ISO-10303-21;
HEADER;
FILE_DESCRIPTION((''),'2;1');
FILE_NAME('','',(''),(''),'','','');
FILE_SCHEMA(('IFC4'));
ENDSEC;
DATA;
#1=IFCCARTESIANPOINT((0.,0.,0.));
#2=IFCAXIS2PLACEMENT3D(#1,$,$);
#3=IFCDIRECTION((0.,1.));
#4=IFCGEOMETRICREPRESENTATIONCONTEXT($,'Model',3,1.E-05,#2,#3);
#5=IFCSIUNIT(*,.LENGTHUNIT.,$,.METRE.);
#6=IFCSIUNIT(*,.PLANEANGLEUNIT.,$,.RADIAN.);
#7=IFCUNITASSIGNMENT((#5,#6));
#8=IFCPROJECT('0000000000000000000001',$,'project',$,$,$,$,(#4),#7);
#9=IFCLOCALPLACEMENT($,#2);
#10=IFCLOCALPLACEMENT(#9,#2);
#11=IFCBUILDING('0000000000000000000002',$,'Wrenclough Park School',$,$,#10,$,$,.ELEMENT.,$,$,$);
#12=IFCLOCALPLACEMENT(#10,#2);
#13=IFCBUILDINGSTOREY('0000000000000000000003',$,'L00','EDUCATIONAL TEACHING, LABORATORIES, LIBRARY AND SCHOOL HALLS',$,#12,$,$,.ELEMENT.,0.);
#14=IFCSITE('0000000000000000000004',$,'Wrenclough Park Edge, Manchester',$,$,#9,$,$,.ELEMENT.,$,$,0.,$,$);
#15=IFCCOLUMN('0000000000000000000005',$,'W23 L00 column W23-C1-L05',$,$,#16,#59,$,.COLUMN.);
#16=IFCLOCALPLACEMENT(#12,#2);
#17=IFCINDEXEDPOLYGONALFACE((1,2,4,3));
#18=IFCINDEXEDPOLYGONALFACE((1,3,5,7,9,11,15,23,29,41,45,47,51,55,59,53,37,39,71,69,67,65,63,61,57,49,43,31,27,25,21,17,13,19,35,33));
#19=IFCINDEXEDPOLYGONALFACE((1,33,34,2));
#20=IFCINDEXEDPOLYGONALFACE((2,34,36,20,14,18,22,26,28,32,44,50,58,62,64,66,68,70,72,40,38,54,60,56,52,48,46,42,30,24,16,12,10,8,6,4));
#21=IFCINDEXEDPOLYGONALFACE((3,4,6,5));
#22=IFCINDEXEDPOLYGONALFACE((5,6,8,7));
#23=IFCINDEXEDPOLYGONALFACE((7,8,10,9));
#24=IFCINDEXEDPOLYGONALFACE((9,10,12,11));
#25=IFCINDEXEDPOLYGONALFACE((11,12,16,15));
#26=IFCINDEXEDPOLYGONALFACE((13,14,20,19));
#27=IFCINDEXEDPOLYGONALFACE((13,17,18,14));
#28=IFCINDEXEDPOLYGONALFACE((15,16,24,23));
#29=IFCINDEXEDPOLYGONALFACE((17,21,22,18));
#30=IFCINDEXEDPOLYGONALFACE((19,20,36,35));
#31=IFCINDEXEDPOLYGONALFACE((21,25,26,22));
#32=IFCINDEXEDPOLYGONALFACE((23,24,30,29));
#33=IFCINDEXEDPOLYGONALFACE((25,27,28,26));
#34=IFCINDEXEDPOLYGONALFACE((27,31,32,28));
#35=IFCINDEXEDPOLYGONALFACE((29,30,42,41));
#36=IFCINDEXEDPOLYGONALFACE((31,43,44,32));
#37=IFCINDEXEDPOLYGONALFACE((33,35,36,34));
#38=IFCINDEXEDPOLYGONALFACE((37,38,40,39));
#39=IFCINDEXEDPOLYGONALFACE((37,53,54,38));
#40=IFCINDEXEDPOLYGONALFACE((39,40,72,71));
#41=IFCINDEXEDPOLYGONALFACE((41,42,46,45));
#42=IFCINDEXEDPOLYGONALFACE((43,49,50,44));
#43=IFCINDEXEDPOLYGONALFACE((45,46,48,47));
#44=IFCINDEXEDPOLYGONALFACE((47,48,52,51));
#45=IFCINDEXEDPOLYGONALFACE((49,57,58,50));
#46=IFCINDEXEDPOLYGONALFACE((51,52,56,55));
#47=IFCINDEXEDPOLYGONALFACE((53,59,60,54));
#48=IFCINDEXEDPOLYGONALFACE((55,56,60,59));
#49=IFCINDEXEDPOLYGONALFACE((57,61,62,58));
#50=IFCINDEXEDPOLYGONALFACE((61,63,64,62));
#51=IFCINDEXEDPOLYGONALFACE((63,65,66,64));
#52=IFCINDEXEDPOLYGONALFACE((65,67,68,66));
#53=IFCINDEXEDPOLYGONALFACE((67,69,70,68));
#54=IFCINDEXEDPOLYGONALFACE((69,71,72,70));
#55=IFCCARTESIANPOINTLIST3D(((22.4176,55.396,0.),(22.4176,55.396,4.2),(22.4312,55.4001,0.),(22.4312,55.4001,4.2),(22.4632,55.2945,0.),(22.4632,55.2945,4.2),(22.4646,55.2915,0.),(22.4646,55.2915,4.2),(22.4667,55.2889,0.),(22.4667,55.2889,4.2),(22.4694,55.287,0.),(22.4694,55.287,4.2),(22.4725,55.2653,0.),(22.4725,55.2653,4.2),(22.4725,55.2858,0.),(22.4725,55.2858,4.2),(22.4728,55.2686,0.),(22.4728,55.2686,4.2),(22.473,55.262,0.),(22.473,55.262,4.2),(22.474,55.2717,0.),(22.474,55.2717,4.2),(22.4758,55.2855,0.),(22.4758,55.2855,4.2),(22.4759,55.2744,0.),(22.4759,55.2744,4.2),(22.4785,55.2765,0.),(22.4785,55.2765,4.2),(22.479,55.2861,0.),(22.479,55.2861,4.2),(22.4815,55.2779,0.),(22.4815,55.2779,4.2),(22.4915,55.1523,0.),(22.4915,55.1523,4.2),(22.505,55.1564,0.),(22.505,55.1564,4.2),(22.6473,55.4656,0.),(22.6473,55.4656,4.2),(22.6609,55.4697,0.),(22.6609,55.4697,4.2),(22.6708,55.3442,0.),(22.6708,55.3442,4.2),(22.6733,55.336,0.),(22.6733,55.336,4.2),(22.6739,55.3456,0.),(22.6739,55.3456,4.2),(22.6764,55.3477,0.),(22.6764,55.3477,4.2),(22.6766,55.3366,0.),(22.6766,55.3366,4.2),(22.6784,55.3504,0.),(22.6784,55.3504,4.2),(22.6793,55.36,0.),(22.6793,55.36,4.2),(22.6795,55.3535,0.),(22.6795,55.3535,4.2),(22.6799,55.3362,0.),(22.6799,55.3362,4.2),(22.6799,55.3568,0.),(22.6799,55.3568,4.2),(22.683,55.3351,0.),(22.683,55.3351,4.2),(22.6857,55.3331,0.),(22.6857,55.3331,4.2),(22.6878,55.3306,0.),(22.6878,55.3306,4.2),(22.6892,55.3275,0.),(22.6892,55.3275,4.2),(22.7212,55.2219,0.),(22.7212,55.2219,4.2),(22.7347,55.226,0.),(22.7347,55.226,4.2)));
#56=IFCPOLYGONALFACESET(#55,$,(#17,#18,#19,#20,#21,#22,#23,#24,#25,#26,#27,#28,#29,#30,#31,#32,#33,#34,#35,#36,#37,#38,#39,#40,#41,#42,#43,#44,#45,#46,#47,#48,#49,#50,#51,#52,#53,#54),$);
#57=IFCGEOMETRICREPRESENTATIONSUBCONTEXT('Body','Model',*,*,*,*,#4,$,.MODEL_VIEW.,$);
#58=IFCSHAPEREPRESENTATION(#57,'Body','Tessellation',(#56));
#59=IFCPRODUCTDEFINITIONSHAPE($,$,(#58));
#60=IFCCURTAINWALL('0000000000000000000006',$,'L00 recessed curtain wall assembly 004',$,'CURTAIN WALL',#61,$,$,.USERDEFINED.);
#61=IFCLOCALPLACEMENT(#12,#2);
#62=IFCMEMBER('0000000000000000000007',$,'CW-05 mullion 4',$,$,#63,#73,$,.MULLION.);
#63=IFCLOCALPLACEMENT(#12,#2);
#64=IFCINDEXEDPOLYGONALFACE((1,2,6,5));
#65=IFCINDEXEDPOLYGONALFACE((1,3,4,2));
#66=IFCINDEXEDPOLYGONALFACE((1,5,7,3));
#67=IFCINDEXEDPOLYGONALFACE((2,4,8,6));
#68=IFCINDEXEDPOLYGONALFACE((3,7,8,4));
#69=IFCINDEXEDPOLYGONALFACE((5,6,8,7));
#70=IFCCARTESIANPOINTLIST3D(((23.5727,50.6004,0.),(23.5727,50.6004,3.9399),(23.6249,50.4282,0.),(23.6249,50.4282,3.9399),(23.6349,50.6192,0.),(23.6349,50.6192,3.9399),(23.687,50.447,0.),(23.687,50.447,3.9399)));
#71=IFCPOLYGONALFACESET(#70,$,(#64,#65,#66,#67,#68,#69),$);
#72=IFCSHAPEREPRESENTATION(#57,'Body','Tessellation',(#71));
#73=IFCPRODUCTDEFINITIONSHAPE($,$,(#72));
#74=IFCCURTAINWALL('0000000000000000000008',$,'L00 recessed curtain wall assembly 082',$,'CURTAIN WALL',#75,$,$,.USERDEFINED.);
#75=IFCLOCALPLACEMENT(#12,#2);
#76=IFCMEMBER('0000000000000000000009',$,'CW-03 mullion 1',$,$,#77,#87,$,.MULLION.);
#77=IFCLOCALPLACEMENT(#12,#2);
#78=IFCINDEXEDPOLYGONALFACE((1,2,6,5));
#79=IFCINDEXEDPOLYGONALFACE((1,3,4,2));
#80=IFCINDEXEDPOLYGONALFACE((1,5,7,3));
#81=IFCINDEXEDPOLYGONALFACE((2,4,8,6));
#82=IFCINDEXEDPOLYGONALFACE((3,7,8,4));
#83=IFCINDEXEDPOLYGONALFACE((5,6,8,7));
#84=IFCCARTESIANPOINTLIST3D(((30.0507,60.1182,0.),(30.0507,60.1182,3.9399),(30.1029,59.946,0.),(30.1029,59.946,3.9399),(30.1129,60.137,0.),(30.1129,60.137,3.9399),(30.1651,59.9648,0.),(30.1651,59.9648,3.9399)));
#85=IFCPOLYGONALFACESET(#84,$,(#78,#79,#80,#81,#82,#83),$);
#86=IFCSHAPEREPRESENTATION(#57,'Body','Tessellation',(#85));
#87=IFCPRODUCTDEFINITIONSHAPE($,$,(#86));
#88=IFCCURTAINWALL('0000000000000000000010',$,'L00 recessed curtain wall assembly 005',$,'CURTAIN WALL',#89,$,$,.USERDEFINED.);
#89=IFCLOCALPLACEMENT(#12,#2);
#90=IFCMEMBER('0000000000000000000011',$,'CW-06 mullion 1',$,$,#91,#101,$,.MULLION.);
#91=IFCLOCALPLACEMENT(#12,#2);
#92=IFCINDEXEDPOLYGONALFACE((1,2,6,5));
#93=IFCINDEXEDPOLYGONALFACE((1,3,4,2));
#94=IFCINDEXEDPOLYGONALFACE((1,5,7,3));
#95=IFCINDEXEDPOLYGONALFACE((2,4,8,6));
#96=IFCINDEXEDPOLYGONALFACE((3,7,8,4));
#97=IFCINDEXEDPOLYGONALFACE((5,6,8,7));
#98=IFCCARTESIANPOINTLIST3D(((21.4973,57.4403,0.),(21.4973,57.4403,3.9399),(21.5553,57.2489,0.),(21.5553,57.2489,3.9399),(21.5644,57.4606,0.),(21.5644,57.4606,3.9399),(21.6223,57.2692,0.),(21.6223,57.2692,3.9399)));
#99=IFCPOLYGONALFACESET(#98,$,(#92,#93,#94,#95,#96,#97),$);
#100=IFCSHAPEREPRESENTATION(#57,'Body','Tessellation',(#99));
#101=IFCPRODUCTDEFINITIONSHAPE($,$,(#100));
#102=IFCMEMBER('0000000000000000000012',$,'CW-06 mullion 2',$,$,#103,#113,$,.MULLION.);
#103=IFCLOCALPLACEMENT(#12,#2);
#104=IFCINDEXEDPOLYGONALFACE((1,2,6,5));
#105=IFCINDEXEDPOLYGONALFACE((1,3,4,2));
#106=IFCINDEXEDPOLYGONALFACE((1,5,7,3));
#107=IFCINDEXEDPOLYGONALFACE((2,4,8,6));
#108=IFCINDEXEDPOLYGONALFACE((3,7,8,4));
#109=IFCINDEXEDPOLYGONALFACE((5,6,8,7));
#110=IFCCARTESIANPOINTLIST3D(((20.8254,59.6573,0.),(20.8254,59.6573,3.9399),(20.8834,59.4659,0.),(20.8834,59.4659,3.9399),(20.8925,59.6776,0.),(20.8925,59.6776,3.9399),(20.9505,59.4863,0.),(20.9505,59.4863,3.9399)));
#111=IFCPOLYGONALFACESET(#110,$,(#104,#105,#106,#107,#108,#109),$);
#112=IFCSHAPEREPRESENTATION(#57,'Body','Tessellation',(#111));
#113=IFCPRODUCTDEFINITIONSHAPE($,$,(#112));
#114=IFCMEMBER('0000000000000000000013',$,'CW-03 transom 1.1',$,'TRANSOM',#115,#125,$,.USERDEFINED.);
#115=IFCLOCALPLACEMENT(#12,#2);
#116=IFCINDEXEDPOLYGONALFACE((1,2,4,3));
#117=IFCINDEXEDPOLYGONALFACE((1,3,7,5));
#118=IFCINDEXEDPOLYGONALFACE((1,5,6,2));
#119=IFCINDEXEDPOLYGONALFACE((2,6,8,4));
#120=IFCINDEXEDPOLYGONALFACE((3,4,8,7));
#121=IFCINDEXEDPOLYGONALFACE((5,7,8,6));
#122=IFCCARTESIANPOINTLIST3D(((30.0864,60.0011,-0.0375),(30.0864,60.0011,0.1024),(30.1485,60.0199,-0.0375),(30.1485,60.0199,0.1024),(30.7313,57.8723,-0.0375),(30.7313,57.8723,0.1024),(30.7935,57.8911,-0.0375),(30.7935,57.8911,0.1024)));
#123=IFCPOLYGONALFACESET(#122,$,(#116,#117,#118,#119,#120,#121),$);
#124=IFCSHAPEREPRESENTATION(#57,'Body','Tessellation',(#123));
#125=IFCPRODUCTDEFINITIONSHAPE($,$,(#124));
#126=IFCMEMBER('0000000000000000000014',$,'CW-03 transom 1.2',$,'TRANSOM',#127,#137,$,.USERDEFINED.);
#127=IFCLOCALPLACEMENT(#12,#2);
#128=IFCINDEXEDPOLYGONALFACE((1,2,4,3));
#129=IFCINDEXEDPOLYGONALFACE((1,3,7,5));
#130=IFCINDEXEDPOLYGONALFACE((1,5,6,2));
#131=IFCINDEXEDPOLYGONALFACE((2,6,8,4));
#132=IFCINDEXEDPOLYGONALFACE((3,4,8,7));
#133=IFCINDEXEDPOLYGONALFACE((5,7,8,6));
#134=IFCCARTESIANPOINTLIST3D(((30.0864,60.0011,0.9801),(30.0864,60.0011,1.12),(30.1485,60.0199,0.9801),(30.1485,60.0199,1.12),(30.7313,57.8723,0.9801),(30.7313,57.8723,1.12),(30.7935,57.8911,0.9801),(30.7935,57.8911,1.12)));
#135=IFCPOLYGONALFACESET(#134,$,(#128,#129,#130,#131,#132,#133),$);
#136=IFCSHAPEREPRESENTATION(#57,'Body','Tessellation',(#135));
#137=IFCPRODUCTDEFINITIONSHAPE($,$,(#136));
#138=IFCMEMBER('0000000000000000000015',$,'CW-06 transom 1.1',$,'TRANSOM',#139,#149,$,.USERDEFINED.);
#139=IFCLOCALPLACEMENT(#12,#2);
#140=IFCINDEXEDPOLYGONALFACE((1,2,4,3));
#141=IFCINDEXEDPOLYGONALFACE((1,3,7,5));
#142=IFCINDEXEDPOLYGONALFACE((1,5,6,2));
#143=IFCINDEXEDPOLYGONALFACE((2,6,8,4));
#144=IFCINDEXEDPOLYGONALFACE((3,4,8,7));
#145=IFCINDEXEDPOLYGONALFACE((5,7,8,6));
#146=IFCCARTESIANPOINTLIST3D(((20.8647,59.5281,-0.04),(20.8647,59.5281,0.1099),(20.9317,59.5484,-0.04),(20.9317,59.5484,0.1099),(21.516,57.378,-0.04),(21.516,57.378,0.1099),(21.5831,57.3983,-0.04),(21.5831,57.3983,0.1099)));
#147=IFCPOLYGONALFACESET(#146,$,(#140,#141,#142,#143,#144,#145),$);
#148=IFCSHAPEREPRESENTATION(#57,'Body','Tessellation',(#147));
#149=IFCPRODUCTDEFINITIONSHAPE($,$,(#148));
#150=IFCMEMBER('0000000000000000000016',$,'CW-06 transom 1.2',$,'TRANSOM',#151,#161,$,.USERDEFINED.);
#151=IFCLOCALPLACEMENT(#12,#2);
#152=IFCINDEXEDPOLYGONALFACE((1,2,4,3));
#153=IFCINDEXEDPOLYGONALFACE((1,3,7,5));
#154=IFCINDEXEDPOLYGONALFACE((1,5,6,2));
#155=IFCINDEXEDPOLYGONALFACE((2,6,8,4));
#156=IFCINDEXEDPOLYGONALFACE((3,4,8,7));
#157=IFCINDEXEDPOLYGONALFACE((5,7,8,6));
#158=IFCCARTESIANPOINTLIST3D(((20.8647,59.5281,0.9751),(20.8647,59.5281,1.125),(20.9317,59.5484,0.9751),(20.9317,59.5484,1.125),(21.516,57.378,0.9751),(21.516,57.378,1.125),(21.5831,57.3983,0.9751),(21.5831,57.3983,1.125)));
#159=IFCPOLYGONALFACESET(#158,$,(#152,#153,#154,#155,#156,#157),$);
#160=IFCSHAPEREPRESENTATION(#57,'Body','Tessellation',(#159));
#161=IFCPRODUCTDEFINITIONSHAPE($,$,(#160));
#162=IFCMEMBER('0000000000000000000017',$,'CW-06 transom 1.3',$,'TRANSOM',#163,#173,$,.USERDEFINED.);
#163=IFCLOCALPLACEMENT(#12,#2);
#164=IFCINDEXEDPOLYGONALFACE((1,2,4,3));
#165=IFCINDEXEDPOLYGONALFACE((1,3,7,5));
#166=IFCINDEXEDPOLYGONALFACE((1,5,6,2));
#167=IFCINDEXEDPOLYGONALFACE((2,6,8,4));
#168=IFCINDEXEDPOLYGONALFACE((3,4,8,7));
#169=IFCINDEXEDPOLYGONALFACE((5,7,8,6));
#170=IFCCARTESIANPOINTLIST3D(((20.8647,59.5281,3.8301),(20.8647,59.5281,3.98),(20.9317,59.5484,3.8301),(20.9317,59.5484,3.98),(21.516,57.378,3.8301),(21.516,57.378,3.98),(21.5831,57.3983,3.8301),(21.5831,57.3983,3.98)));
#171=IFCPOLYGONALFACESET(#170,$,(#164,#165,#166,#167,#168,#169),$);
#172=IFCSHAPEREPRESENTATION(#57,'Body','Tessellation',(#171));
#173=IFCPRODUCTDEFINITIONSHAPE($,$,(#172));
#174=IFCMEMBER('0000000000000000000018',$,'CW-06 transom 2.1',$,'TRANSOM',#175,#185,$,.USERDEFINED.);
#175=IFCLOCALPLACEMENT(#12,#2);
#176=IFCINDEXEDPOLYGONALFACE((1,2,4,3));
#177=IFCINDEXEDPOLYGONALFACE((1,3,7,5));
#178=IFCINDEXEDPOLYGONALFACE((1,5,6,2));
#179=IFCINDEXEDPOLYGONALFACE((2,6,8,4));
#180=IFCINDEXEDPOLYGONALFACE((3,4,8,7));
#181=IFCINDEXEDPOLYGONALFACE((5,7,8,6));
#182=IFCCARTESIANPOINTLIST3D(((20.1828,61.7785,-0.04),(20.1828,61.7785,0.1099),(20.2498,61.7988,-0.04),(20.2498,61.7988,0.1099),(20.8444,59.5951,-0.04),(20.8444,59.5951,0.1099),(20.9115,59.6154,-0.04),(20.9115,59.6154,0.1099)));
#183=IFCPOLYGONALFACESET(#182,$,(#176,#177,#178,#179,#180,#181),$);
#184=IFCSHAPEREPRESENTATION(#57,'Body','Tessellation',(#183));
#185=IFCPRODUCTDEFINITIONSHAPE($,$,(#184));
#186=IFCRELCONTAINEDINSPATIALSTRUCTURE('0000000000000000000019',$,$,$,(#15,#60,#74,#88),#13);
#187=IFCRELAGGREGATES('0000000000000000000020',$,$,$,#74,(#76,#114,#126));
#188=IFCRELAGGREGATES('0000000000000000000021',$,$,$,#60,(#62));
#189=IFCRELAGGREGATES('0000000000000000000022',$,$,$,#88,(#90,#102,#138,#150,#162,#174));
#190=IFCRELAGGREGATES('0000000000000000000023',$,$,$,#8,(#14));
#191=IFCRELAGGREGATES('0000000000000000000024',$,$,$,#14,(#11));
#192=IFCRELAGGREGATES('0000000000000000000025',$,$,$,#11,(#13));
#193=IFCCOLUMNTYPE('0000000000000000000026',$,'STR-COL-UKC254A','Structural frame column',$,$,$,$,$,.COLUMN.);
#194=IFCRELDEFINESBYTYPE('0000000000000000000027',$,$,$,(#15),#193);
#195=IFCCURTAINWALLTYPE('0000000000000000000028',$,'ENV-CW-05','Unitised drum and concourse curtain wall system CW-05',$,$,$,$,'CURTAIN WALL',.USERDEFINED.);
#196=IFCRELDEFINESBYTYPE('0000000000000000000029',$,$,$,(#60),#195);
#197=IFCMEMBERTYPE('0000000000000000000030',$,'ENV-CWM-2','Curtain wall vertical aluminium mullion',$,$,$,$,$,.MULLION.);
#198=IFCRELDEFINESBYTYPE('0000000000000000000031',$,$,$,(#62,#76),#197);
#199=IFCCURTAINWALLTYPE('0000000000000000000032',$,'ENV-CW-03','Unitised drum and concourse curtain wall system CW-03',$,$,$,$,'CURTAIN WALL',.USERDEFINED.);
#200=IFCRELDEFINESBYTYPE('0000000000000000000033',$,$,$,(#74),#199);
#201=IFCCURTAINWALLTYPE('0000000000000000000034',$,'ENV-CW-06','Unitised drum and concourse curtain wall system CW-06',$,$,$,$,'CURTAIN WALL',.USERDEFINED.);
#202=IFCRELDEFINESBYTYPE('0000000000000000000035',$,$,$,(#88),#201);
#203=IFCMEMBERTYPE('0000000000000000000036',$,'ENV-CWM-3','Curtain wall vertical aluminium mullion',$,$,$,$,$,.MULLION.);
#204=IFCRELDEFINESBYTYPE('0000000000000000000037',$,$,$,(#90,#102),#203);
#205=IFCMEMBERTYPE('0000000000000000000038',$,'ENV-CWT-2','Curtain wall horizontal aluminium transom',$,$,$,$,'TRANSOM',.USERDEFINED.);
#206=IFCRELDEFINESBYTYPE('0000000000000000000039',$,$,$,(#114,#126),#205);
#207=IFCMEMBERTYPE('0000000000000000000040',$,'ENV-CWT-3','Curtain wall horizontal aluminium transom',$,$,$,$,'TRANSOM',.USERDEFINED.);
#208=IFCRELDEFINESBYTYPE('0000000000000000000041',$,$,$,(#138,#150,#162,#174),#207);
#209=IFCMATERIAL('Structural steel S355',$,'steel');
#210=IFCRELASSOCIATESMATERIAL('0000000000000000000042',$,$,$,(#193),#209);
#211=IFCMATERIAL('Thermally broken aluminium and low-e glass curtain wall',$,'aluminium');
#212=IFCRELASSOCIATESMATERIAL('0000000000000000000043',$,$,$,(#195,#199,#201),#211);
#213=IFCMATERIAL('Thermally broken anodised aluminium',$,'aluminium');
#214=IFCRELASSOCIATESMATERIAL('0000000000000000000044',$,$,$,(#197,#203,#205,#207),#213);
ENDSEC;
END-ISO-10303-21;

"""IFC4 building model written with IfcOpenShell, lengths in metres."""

from ifc_helpers import new_model, si_unit, direction, frame, origin, origin_2d, place, context, subcontext, project, spatial, rectangle, i_section, extrude, material, material_profile, profile_set, type_object, element, aggregate, save


model = new_model("IFC4")

# Units and contexts
model_context = context("Model", 3, precision=1e-05, world=origin(), true_north=direction((0.0, 1.0)))
body_context = subcontext(model_context, "Body", "Model", "MODEL_VIEW")
ifc_project = project(units=[si_unit("LENGTHUNIT", "METRE"), si_unit("PLANEANGLEUNIT", "RADIAN")], contexts=[model_context])

# Site, building, storey
site_placement = place(None, origin())
site = spatial("IfcSite", under=ifc_project, at=site_placement, Name="Wrenclough Park Edge, Manchester", CompositionType="ELEMENT", RefElevation=0.0)
building_placement = place(site_placement, origin())
building = spatial("IfcBuilding", under=site, at=building_placement, Name="Wrenclough Park School", CompositionType="ELEMENT")
storey_placement = place(building_placement, origin())
storey = spatial("IfcBuildingStorey", under=building, at=storey_placement, Name="L00", Description="EDUCATIONAL TEACHING, LABORATORIES, LIBRARY AND SCHOOL HALLS", CompositionType="ELEMENT", Elevation=0.0)

# Column
ifc_material_1 = material(Name="Structural steel S355", Category="steel")
ifc_material_profile_1 = material_profile(ifc_material_1, i_section(OverallWidth=0.2546, OverallDepth=0.2542, WebThickness=0.0085, FlangeThickness=0.0142, FilletRadius=0.0127, at=origin_2d()), Name="UKC 254x254x73")
ifc_profile_set_1 = profile_set([ifc_material_profile_1], Name="Structural steel S355")
column_type = type_object("IfcColumnType", Name="STR-COL-UKC254A", Description="Structural frame column", PredefinedType="COLUMN", material=ifc_profile_set_1)
for number, where, z_axis, x_axis, name in (
    (1, (22.5762, 55.311, 0.0), (0.0, 0.0, 1.0), (-0.290034, 0.957016, 0.0), "W23 L00 column W23-C1-L05"),
):
    element("IfcColumn", number, at=place(storey_placement, frame(where, z_axis=z_axis, x_axis=x_axis)), inside=storey, type_object=column_type, Name=name, PredefinedType="COLUMN", context=body_context, shape_type="SweptSolid", body=[
        extrude(i_section(OverallWidth=0.2546, OverallDepth=0.2542, WebThickness=0.0085, FlangeThickness=0.0142, FilletRadius=0.0127, at=origin_2d()), origin(), (0.0, 0.0, 1.0), 4.2),
    ])

# Curtain walls, members
ifc_material_2 = material(Name="Thermally broken aluminium and low-e glass curtain wall", Category="aluminium")
curtain_wall_type_1 = type_object("IfcCurtainWallType", Name="ENV-CW-05", Description="Unitised drum and concourse curtain wall system CW-05", ElementType="CURTAIN WALL", PredefinedType="USERDEFINED", material=ifc_material_2)
curtain_wall_1_placement = place(storey_placement, origin())
curtain_wall_1 = element("IfcCurtainWall", 2, at=curtain_wall_1_placement, inside=storey, type_object=curtain_wall_type_1, Name="L00 recessed curtain wall assembly 004", ObjectType="CURTAIN WALL", PredefinedType="USERDEFINED")
ifc_material_3 = material(Name="Thermally broken anodised aluminium", Category="aluminium")
ifc_material_profile_2 = material_profile(ifc_material_3, rectangle(XDim=0.0649, YDim=0.1799, at=origin_2d()), Name="AL MULLION 65x180")
ifc_profile_set_2 = profile_set([ifc_material_profile_2], Name="Thermally broken anodised aluminium")
member_type_1 = type_object("IfcMemberType", Name="ENV-CWM-2", Description="Curtain wall vertical aluminium mullion", PredefinedType="MULLION", material=ifc_profile_set_2)
member_1_placement = place(storey_placement, frame((23.6299, 50.5237, 0.0), z_axis=(0.0, 0.0, 1.0), x_axis=(-0.957026, -0.290001, 0.0)))
member_1 = element("IfcMember", 3, at=member_1_placement, type_object=member_type_1, Name="CW-05 mullion 4", PredefinedType="MULLION", context=body_context, shape_type="SweptSolid", body=[
    extrude(rectangle(XDim=0.0649, YDim=0.1799, at=origin_2d()), origin(), (0.0, 0.0, 1.0), 3.9399),
])
curtain_wall_type_2 = type_object("IfcCurtainWallType", Name="ENV-CW-03", Description="Unitised drum and concourse curtain wall system CW-03", ElementType="CURTAIN WALL", PredefinedType="USERDEFINED", material=ifc_material_2)
curtain_wall_2_placement = place(storey_placement, origin())
curtain_wall_2 = element("IfcCurtainWall", 4, at=curtain_wall_2_placement, inside=storey, type_object=curtain_wall_type_2, Name="L00 recessed curtain wall assembly 082", ObjectType="CURTAIN WALL", PredefinedType="USERDEFINED")
member_2_placement = place(storey_placement, frame((30.1079, 60.0415, 0.0), z_axis=(0.0, 0.0, 1.0), x_axis=(0.957029, 0.289993, 0.0)))
member_2 = element("IfcMember", 5, at=member_2_placement, type_object=member_type_1, Name="CW-03 mullion 1", PredefinedType="MULLION", context=body_context, shape_type="SweptSolid", body=[
    extrude(rectangle(XDim=0.0649, YDim=0.1799, at=origin_2d()), origin(), (0.0, 0.0, 1.0), 3.9399),
])

# Curtain wall, members
curtain_wall_type_3 = type_object("IfcCurtainWallType", Name="ENV-CW-06", Description="Unitised drum and concourse curtain wall system CW-06", ElementType="CURTAIN WALL", PredefinedType="USERDEFINED", material=ifc_material_2)
curtain_wall_3_placement = place(storey_placement, origin())
curtain_wall_3 = element("IfcCurtainWall", 6, at=curtain_wall_3_placement, inside=storey, type_object=curtain_wall_type_3, Name="L00 recessed curtain wall assembly 005", ObjectType="CURTAIN WALL", PredefinedType="USERDEFINED")
ifc_material_profile_3 = material_profile(ifc_material_3, rectangle(XDim=0.0701, YDim=0.2, at=origin_2d()), Name="AL MULLION 70x200")
ifc_profile_set_3 = profile_set([ifc_material_profile_3], Name="Thermally broken anodised aluminium")
member_type_2 = type_object("IfcMemberType", Name="ENV-CWM-3", Description="Curtain wall vertical aluminium mullion", PredefinedType="MULLION", material=ifc_profile_set_3)
member_3_placement = place(storey_placement, frame((21.5598, 57.3547, 0.0), z_axis=(0.0, 0.0, 1.0), x_axis=(-0.95703, -0.289988, 0.0)))
member_3 = element("IfcMember", 7, at=member_3_placement, type_object=member_type_2, Name="CW-06 mullion 1", PredefinedType="MULLION", context=body_context, shape_type="SweptSolid", body=[
    extrude(rectangle(XDim=0.0701, YDim=0.2, at=origin_2d()), origin(), (0.0, 0.0, 1.0), 3.9399),
])
member_4_placement = place(storey_placement, frame((20.8879, 59.5718, 0.0), z_axis=(0.0, 0.0, 1.0), x_axis=(-0.95703, -0.289988, 0.0)))
member_4 = element("IfcMember", 8, at=member_4_placement, type_object=member_type_2, Name="CW-06 mullion 2", PredefinedType="MULLION", context=body_context, shape_type="SweptSolid", body=[
    extrude(rectangle(XDim=0.0701, YDim=0.2, at=origin_2d()), origin(), (0.0, 0.0, 1.0), 3.9399),
])

# Members
ifc_material_profile_4 = material_profile(ifc_material_3, rectangle(XDim=0.0649, YDim=0.1399, at=origin_2d()), Name="AL TRANSOM 65x140")
ifc_profile_set_4 = profile_set([ifc_material_profile_4], Name="Thermally broken anodised aluminium")
member_type_3 = type_object("IfcMemberType", Name="ENV-CWT-2", Description="Curtain wall horizontal aluminium transom", ElementType="TRANSOM", PredefinedType="USERDEFINED", material=ifc_profile_set_4)
member_5_placement = place(storey_placement, frame((30.1174, 60.0105, 0.0325), z_axis=(0.289965, -0.957037, 0.0), x_axis=(0.957037, 0.289965, 0.0)))
member_5 = element("IfcMember", 9, at=member_5_placement, type_object=member_type_3, Name="CW-03 transom 1.1", ObjectType="TRANSOM", PredefinedType="USERDEFINED", context=body_context, shape_type="SweptSolid", body=[
    extrude(rectangle(XDim=0.0649, YDim=0.1399, at=origin_2d()), origin(), (0.0, 0.0, 1.0), 2.2244),
])
member_6_placement = place(storey_placement, frame((30.1174, 60.0105, 1.05), z_axis=(0.289965, -0.957037, 0.0), x_axis=(0.957037, 0.289965, 0.0)))
member_6 = element("IfcMember", 10, at=member_6_placement, type_object=member_type_3, Name="CW-03 transom 1.2", ObjectType="TRANSOM", PredefinedType="USERDEFINED", context=body_context, shape_type="SweptSolid", body=[
    extrude(rectangle(XDim=0.0649, YDim=0.1399, at=origin_2d()), origin(), (0.0, 0.0, 1.0), 2.2244),
])
aggregate(curtain_wall_2, [member_2, member_5, member_6])
ifc_material_profile_5 = material_profile(ifc_material_3, rectangle(XDim=0.0701, YDim=0.1499, at=origin_2d()), Name="AL TRANSOM 70x150")
ifc_profile_set_5 = profile_set([ifc_material_profile_5], Name="Thermally broken anodised aluminium")
member_type_4 = type_object("IfcMemberType", Name="ENV-CWT-3", Description="Curtain wall horizontal aluminium transom", ElementType="TRANSOM", PredefinedType="USERDEFINED", material=ifc_profile_set_5)
member_7_placement = place(storey_placement, frame((21.5496, 57.3882, 0.0349), z_axis=(-0.289929, 0.957048, 0.0), x_axis=(-0.957048, -0.289929, 0.0)))
member_7 = element("IfcMember", 11, at=member_7_placement, type_object=member_type_4, Name="CW-06 transom 1.1", ObjectType="TRANSOM", PredefinedType="USERDEFINED", context=body_context, shape_type="SweptSolid", body=[
    extrude(rectangle(XDim=0.0701, YDim=0.1499, at=origin_2d()), origin(), (0.0, 0.0, 1.0), 2.2466),
])
member_8_placement = place(storey_placement, frame((21.5496, 57.3882, 1.05), z_axis=(-0.289929, 0.957048, 0.0), x_axis=(-0.957048, -0.289929, 0.0)))
member_8 = element("IfcMember", 12, at=member_8_placement, type_object=member_type_4, Name="CW-06 transom 1.2", ObjectType="TRANSOM", PredefinedType="USERDEFINED", context=body_context, shape_type="SweptSolid", body=[
    extrude(rectangle(XDim=0.0701, YDim=0.1499, at=origin_2d()), origin(), (0.0, 0.0, 1.0), 2.2466),
])
member_9_placement = place(storey_placement, frame((21.5496, 57.3882, 3.905), z_axis=(-0.289929, 0.957048, 0.0), x_axis=(-0.957048, -0.289929, 0.0)))
member_9 = element("IfcMember", 13, at=member_9_placement, type_object=member_type_4, Name="CW-06 transom 1.3", ObjectType="TRANSOM", PredefinedType="USERDEFINED", context=body_context, shape_type="SweptSolid", body=[
    extrude(rectangle(XDim=0.0701, YDim=0.1499, at=origin_2d()), origin(), (0.0, 0.0, 1.0), 2.2466),
])
member_10_placement = place(storey_placement, frame((20.8779, 59.6052, 0.0349), z_axis=(-0.290007, 0.957024, 0.0), x_axis=(-0.957024, -0.290007, 0.0)))
member_10 = element("IfcMember", 14, at=member_10_placement, type_object=member_type_4, Name="CW-06 transom 2.1", ObjectType="TRANSOM", PredefinedType="USERDEFINED", context=body_context, shape_type="SweptSolid", body=[
    extrude(rectangle(XDim=0.0701, YDim=0.1499, at=origin_2d()), origin(), (0.0, 0.0, 1.0), 2.2815),
])

aggregate(curtain_wall_1, [member_1])
aggregate(curtain_wall_3, [member_3, member_4, member_7, member_8, member_9, member_10])

save(model, "model.ifc")
